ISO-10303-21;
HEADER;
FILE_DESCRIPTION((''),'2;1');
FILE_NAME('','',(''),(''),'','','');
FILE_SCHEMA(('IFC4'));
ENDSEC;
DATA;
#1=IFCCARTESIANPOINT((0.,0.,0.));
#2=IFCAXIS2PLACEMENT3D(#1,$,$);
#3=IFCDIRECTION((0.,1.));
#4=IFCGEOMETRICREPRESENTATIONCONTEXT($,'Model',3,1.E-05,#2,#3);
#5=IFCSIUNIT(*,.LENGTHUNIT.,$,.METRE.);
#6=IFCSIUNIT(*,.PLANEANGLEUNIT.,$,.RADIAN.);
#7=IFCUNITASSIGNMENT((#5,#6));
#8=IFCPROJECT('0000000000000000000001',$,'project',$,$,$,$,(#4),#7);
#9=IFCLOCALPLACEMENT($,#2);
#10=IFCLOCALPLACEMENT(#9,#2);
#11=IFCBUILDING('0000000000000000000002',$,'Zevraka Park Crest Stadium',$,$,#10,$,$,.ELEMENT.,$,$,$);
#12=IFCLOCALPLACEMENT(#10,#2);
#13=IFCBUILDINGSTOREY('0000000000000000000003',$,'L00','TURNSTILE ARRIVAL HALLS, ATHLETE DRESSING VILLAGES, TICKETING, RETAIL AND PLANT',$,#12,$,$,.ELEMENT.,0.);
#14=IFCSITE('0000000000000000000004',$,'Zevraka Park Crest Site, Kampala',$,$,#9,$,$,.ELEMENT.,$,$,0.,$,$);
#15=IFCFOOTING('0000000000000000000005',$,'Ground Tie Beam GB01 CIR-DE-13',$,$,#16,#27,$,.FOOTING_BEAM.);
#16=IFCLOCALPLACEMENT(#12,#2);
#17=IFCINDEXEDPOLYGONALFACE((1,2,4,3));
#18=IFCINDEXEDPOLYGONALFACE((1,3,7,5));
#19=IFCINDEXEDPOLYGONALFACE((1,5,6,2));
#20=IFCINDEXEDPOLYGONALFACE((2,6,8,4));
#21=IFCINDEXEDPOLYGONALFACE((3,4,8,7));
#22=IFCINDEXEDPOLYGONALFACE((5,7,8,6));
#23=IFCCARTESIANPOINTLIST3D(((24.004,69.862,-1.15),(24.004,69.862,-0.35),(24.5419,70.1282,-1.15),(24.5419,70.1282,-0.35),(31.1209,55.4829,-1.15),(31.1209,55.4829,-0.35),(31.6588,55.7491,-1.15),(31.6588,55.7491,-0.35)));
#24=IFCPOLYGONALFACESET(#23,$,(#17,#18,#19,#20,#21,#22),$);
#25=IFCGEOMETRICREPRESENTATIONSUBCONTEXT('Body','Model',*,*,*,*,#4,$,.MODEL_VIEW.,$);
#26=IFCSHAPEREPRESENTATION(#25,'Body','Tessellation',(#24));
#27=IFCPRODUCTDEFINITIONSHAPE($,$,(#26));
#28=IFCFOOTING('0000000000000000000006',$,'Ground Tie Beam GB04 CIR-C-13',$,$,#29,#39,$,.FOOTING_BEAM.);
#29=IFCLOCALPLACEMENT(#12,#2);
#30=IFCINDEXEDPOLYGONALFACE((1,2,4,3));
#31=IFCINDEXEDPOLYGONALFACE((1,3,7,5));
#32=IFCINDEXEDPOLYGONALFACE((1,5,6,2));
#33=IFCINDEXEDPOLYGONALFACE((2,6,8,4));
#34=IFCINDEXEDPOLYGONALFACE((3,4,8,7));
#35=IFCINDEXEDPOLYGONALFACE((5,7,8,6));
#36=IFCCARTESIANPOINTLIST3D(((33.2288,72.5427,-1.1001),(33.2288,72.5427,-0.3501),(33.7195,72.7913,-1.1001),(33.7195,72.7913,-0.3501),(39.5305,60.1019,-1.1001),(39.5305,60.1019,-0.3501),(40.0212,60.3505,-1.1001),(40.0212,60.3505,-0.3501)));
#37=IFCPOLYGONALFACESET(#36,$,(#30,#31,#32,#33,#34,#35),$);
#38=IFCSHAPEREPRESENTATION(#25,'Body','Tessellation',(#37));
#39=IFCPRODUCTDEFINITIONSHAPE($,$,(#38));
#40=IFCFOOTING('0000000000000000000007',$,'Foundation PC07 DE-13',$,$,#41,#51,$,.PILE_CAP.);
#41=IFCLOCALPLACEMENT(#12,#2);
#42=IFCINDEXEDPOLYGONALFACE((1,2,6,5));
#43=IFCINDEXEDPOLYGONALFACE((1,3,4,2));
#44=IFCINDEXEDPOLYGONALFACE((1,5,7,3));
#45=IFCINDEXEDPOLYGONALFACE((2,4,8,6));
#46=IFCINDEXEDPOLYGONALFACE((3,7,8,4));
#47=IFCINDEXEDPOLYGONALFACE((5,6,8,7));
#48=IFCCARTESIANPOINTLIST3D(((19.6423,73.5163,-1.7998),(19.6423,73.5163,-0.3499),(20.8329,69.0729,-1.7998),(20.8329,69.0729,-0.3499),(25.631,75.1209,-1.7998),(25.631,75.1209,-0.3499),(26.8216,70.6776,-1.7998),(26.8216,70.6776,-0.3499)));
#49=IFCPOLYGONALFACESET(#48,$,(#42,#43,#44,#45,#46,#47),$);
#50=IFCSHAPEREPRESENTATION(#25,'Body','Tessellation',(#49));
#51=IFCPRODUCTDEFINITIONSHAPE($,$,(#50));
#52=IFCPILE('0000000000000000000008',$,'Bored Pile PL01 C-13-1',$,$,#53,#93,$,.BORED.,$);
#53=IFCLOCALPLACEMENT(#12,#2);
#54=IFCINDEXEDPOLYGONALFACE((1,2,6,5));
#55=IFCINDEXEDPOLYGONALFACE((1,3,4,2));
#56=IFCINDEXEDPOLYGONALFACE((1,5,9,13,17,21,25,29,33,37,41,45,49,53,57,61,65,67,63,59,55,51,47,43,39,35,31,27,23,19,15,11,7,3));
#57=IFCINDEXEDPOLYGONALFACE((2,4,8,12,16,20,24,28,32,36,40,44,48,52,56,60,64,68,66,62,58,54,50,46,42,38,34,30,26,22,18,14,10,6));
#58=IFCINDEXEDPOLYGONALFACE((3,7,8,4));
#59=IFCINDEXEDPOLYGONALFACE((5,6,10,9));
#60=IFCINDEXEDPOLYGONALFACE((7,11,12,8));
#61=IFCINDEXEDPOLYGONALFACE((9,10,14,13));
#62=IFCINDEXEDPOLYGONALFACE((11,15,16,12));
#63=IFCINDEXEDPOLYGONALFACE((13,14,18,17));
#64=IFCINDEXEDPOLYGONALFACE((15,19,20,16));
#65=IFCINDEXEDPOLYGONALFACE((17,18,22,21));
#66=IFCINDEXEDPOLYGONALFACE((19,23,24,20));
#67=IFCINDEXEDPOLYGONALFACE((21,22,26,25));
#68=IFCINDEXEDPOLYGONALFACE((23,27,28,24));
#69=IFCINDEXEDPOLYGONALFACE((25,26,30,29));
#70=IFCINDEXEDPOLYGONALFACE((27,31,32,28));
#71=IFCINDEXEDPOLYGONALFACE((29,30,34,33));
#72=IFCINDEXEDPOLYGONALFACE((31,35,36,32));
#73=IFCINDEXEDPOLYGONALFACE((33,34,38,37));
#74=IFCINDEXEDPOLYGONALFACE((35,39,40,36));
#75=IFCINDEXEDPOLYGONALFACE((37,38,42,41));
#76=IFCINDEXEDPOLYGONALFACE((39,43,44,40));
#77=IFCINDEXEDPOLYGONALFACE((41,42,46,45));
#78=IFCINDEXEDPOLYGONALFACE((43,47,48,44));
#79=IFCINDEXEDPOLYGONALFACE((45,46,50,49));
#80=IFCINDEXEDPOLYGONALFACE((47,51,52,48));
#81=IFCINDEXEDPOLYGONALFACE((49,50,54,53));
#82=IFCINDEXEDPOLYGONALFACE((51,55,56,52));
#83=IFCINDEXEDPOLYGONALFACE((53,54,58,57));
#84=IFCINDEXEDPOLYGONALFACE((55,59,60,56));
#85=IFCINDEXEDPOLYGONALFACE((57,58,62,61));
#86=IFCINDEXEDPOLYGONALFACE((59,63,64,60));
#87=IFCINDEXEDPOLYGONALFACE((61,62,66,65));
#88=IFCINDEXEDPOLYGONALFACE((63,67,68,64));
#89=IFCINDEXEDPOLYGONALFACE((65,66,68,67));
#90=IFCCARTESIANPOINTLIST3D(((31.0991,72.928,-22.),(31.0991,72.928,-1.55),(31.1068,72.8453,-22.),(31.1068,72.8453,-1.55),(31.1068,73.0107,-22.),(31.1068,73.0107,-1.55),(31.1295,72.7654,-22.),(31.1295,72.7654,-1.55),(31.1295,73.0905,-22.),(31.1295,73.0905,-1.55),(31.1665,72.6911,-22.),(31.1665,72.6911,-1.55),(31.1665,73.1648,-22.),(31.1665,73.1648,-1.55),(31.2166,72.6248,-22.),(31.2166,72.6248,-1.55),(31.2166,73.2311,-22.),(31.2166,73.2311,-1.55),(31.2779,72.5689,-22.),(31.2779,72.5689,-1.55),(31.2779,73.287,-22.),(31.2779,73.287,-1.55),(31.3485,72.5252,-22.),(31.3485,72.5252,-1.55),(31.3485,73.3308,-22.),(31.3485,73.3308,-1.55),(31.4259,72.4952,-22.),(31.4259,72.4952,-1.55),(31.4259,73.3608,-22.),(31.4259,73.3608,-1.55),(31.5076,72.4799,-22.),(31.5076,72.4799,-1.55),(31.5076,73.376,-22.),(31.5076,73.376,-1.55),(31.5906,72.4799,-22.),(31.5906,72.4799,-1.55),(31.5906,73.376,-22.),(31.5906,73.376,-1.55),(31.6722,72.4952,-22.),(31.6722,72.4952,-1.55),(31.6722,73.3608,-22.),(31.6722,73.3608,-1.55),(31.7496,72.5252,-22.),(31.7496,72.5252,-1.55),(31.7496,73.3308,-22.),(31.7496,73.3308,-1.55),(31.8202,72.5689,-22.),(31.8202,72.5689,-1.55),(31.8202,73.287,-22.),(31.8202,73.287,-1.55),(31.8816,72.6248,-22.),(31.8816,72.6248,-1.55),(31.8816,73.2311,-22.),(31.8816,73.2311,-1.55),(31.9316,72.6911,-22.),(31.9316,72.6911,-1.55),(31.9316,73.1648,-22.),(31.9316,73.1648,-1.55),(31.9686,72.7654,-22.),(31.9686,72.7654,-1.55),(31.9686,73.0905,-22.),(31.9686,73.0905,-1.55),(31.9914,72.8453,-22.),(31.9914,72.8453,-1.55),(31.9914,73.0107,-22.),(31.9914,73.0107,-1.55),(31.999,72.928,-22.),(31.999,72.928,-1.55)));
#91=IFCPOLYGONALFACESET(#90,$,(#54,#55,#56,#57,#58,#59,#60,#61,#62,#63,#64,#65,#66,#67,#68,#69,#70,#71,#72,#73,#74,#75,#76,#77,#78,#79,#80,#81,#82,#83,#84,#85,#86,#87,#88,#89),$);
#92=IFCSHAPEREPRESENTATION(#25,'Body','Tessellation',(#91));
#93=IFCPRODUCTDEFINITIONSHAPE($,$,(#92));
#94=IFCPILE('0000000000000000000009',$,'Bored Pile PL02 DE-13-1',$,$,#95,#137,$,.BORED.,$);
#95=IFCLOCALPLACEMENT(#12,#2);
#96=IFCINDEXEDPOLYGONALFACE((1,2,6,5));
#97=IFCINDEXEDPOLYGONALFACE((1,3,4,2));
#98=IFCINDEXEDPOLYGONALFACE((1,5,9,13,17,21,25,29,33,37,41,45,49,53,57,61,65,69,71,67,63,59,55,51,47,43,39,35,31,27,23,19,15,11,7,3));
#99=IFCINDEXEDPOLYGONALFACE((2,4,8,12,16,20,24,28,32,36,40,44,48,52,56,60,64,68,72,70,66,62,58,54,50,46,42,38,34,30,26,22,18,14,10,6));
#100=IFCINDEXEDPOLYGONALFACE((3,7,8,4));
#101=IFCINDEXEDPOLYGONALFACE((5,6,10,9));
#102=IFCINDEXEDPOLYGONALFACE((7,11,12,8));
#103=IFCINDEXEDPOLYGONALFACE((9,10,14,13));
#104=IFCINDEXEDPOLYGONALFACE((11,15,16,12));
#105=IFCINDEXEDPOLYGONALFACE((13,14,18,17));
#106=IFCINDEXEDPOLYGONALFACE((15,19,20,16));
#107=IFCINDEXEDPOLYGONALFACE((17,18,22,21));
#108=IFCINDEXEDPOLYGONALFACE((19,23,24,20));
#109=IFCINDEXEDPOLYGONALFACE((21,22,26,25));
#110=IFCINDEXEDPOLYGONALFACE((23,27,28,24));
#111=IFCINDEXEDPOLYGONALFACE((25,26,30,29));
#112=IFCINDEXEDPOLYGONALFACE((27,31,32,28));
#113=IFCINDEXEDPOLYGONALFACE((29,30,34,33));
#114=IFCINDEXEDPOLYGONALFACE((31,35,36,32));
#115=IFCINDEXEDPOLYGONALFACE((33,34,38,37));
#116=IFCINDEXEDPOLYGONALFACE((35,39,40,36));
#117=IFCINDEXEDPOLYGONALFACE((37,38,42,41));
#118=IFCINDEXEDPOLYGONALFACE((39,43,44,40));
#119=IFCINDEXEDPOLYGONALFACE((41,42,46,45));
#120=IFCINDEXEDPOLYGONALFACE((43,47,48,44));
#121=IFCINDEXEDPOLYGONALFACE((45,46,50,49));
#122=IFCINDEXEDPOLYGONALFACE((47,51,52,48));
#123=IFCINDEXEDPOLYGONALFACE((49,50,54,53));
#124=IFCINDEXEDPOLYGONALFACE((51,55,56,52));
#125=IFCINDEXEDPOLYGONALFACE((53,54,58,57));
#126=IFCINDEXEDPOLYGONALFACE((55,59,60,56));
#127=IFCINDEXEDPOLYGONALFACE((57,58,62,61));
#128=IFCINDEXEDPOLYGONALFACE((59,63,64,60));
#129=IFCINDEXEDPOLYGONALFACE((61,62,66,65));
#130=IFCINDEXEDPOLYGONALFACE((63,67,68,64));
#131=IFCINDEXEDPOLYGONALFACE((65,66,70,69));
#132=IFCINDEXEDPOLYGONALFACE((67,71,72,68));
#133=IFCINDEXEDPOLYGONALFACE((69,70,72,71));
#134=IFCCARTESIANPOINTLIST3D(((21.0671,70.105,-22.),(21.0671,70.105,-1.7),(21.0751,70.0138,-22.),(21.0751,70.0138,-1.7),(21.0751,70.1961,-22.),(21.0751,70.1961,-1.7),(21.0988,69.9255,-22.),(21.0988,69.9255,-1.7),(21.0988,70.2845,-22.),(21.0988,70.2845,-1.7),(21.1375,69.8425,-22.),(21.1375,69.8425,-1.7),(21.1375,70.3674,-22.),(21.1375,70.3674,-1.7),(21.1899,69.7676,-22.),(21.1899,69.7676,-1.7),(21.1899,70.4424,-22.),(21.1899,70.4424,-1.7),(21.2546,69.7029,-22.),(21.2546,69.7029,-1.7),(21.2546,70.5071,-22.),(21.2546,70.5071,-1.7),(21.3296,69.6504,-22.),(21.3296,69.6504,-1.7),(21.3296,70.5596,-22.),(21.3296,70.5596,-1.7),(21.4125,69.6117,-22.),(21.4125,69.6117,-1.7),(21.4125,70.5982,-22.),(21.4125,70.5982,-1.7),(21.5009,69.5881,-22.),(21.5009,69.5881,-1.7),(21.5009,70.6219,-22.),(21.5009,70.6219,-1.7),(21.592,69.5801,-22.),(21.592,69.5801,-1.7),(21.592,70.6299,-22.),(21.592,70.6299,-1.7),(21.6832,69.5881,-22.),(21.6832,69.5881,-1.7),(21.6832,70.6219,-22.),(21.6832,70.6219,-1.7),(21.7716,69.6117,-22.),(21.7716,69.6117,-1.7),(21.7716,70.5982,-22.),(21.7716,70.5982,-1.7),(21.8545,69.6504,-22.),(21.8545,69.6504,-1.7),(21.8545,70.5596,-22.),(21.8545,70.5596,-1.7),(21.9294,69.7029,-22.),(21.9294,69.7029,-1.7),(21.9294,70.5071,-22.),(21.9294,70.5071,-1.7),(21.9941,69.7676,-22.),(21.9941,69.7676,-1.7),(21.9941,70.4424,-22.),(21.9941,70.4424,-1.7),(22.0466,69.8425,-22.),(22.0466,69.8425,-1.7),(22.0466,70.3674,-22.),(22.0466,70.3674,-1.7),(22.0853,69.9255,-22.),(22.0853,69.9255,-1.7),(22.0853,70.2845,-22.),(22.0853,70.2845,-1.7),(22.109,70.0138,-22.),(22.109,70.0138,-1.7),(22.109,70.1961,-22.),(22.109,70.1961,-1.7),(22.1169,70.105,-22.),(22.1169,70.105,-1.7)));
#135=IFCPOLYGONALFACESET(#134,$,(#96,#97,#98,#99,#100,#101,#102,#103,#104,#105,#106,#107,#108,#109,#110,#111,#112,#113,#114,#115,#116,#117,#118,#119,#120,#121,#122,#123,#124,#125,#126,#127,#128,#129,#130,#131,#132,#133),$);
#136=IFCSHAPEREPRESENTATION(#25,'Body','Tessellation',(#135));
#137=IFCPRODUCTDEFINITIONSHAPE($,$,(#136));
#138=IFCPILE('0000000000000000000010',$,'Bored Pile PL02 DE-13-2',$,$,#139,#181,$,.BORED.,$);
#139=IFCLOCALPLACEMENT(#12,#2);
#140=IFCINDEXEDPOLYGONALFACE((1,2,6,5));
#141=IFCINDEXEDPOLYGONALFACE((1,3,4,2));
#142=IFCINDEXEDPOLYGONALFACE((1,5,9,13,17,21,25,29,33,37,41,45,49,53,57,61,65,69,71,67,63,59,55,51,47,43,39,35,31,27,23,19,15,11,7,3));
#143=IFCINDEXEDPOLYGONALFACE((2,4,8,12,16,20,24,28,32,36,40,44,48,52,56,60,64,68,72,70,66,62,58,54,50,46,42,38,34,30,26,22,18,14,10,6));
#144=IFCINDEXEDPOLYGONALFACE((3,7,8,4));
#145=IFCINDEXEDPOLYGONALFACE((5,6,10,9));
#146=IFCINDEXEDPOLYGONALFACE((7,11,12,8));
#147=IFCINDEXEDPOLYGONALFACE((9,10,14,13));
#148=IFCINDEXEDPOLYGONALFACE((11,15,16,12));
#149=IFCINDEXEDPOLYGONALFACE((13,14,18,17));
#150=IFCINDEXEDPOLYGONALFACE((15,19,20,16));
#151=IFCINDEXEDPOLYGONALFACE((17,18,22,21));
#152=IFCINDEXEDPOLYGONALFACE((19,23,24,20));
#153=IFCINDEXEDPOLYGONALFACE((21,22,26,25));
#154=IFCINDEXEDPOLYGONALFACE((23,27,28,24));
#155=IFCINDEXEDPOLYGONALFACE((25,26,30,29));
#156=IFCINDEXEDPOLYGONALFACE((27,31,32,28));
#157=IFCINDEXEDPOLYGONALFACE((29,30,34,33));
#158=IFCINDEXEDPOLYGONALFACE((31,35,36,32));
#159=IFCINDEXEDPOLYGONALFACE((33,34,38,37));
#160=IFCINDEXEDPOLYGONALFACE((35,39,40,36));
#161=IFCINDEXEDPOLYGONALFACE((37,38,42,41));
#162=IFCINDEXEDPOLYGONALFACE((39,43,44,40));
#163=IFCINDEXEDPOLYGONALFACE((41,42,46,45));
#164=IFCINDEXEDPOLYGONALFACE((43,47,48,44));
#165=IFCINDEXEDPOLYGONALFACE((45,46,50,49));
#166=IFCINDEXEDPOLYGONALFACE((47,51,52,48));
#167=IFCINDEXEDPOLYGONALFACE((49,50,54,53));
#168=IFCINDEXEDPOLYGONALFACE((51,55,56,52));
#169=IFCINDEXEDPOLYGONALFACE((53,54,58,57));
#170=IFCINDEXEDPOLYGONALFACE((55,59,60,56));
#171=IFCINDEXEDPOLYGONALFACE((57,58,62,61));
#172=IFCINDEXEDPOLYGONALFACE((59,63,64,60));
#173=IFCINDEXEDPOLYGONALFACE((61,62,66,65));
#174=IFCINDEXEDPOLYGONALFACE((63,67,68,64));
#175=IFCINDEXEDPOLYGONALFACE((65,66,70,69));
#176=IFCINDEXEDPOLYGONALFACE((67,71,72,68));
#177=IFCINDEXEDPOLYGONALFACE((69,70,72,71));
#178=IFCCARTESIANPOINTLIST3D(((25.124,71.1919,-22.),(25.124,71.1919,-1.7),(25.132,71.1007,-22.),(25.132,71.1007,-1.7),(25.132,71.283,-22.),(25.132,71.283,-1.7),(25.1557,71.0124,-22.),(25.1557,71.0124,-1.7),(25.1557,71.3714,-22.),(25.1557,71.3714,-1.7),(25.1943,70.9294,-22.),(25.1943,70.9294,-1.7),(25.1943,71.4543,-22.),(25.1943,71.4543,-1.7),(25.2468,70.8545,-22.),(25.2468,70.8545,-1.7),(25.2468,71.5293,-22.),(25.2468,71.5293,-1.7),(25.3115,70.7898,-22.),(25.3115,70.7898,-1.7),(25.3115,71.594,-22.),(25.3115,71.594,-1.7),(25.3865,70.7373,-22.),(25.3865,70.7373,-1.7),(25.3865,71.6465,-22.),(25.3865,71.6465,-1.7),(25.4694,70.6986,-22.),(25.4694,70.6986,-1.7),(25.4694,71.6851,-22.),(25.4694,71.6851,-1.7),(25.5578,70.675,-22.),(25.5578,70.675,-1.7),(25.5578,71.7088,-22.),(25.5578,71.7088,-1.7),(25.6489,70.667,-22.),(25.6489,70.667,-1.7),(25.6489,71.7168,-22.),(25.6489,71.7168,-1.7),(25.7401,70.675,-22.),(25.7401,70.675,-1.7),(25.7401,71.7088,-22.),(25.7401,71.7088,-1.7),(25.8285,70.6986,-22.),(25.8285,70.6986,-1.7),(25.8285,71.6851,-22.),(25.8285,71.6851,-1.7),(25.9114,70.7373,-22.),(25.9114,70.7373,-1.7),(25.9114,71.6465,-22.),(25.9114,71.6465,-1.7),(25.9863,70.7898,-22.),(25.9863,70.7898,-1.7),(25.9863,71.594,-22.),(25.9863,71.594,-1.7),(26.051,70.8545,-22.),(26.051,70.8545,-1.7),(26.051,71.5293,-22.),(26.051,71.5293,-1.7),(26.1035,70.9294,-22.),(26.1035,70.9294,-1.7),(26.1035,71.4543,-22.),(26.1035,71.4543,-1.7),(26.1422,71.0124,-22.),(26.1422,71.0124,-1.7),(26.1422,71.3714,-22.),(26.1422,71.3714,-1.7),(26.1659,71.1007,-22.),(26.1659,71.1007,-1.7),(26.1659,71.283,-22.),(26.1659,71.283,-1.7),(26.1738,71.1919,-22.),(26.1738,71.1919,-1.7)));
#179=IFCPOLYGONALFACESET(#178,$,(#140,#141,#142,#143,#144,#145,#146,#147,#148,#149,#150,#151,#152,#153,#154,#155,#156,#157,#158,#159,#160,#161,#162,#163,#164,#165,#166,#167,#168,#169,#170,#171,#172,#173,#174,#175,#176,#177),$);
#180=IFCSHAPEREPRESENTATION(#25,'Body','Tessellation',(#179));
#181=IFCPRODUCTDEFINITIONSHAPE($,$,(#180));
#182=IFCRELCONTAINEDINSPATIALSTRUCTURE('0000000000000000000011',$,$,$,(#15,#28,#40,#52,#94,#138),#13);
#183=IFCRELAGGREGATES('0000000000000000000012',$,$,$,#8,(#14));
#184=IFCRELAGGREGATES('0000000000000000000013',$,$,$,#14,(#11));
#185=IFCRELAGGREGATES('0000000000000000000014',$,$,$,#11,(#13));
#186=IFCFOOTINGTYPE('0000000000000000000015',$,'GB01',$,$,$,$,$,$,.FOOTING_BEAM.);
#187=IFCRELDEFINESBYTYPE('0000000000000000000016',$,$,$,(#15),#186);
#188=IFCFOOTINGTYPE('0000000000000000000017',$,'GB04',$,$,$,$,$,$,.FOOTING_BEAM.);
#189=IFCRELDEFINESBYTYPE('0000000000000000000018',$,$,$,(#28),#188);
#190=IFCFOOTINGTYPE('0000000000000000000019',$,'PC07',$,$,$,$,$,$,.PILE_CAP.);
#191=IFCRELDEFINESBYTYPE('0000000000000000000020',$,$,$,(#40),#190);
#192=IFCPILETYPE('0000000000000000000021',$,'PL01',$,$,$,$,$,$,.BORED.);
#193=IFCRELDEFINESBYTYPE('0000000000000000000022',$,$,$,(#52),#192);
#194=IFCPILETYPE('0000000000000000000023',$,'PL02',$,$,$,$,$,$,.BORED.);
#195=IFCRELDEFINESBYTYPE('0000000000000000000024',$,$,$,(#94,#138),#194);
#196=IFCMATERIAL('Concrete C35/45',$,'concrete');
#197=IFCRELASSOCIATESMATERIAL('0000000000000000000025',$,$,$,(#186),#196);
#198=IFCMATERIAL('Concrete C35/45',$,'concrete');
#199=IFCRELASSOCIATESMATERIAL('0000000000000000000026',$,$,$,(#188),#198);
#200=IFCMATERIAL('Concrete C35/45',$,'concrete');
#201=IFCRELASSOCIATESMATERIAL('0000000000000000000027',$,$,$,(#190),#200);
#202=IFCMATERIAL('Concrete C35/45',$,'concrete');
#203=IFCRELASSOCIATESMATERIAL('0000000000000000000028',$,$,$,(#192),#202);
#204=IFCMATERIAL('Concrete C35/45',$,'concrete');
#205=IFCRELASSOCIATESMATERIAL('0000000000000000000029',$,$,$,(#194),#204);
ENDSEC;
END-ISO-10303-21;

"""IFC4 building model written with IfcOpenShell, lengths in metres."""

from ifc_helpers import new_model, si_unit, direction, frame, origin, origin_2d, place, context, subcontext, project, spatial, rectangle, circle, extrude, material, material_profile, profile_set, type_object, element, save


model = new_model("IFC4")

# Units and contexts
model_context = context("Model", 3, precision=1e-05, world=origin(), true_north=direction((0.0, 1.0)))
body_context = subcontext(model_context, "Body", "Model", "MODEL_VIEW")
ifc_project = project(units=[si_unit("LENGTHUNIT", "METRE"), si_unit("PLANEANGLEUNIT", "RADIAN")], contexts=[model_context])

# Site, building, storey
site_placement = place(None, origin())
site = spatial("IfcSite", under=ifc_project, at=site_placement, Name="Zevraka Park Crest Site, Kampala", CompositionType="ELEMENT", RefElevation=0.0)
building_placement = place(site_placement, origin())
building = spatial("IfcBuilding", under=site, at=building_placement, Name="Zevraka Park Crest Stadium", CompositionType="ELEMENT")
storey_placement = place(building_placement, origin())
storey = spatial("IfcBuildingStorey", under=building, at=storey_placement, Name="L00", Description="TURNSTILE ARRIVAL HALLS, ATHLETE DRESSING VILLAGES, TICKETING, RETAIL AND PLANT", CompositionType="ELEMENT", Elevation=0.0)

# Footings
ifc_material_1 = material(Name="Concrete C35/45", Category="concrete")
ifc_material_profile_1 = material_profile(ifc_material_1, rectangle(XDim=0.6001, YDim=0.8, at=origin_2d()), Name="GB 800x600")
ifc_profile_set_1 = profile_set([ifc_material_profile_1], Name="Concrete C35/45")
footing_type_1 = type_object("IfcFootingType", Name="GB01", PredefinedType="FOOTING_BEAM", material=ifc_profile_set_1)
footing_1_placement = place(storey_placement, frame((24.2729, 69.9951, -0.75), z_axis=(0.443588, -0.896231, 0.0), x_axis=(0.896231, 0.443588, 0.0)))
element("IfcFooting", 1, at=footing_1_placement, inside=storey, type_object=footing_type_1, Name="Ground Tie Beam GB01 CIR-DE-13", PredefinedType="FOOTING_BEAM", context=body_context, shape_type="SweptSolid", body=[
    extrude(rectangle(XDim=0.6001, YDim=0.8, at=origin_2d()), origin(), (0.0, 0.0, 1.0), 16.0439),
])
ifc_material_2 = material(Name="Concrete C35/45", Category="concrete")
ifc_material_profile_2 = material_profile(ifc_material_2, rectangle(XDim=0.55, YDim=0.75, at=origin_2d()), Name="GB 750x550")
ifc_profile_set_2 = profile_set([ifc_material_profile_2], Name="Concrete C35/45")
footing_type_2 = type_object("IfcFootingType", Name="GB04", PredefinedType="FOOTING_BEAM", material=ifc_profile_set_2)
footing_2_placement = place(storey_placement, frame((33.4741, 72.667, -0.7251), z_axis=(0.451871, -0.892083, 0.0), x_axis=(0.892083, 0.451871, 0.0)))
element("IfcFooting", 2, at=footing_2_placement, inside=storey, type_object=footing_type_2, Name="Ground Tie Beam GB04 CIR-C-13", PredefinedType="FOOTING_BEAM", context=body_context, shape_type="SweptSolid", body=[
    extrude(rectangle(XDim=0.55, YDim=0.75, at=origin_2d()), origin(), (0.0, 0.0, 1.0), 13.9458),
])
ifc_material_3 = material(Name="Concrete C35/45", Category="concrete")
footing_type_3 = type_object("IfcFootingType", Name="PC07", PredefinedType="PILE_CAP", material=ifc_material_3)
footing_3_placement = place(storey_placement, frame((23.2319, 72.0969, -1.7998), z_axis=(0.0, 0.0, 1.0), x_axis=(0.965926, 0.258819, 0.0)))
element("IfcFooting", 3, at=footing_3_placement, inside=storey, type_object=footing_type_3, Name="Foundation PC07 DE-13", PredefinedType="PILE_CAP", context=body_context, shape_type="SweptSolid", body=[
    extrude(rectangle(XDim=6.2, YDim=4.6001, at=origin_2d()), origin(), (0.0, 0.0, 1.0), 1.45),
])

# Piles
ifc_material_4 = material(Name="Concrete C35/45", Category="concrete")
ifc_material_profile_3 = material_profile(ifc_material_4, circle(Radius=0.45, at=origin_2d()), Name="PILE D900")
ifc_profile_set_3 = profile_set([ifc_material_profile_3], Name="Concrete C35/45")
pile_type_1 = type_object("IfcPileType", Name="PL01", PredefinedType="BORED", material=ifc_profile_set_3)
pile_placement = place(storey_placement, frame((31.5491, 72.928, -1.55), z_axis=(0.0, 0.0, -1.0), x_axis=(1.0, 0.0, 0.0)))
element("IfcPile", 4, at=pile_placement, inside=storey, type_object=pile_type_1, Name="Bored Pile PL01 C-13-1", PredefinedType="BORED", context=body_context, shape_type="SweptSolid", body=[
    extrude(circle(Radius=0.45, at=origin_2d()), origin(), (0.0, 0.0, 1.0), 20.45),
])
ifc_material_5 = material(Name="Concrete C35/45", Category="concrete")
ifc_material_profile_4 = material_profile(ifc_material_5, circle(Radius=0.5249, at=origin_2d()), Name="PILE D1050")
ifc_profile_set_4 = profile_set([ifc_material_profile_4], Name="Concrete C35/45")
pile_type_2 = type_object("IfcPileType", Name="PL02", PredefinedType="BORED", material=ifc_profile_set_4)
for number, where, z_axis, x_axis, name in (
    (5, (21.592, 70.105, -1.7), (0.0, 0.0, -1.0), (1.0, 0.0, 0.0), "Bored Pile PL02 DE-13-1"),
    (6, (25.6489, 71.1919, -1.7), (0.0, 0.0, -1.0), (1.0, 0.0, 0.0), "Bored Pile PL02 DE-13-2"),
):
    element("IfcPile", number, at=place(storey_placement, frame(where, z_axis=z_axis, x_axis=x_axis)), inside=storey, type_object=pile_type_2, Name=name, PredefinedType="BORED", context=body_context, shape_type="SweptSolid", body=[
        extrude(circle(Radius=0.5249, at=origin_2d()), origin(), (0.0, 0.0, 1.0), 20.3),
    ])

save(model, "model.ifc")
